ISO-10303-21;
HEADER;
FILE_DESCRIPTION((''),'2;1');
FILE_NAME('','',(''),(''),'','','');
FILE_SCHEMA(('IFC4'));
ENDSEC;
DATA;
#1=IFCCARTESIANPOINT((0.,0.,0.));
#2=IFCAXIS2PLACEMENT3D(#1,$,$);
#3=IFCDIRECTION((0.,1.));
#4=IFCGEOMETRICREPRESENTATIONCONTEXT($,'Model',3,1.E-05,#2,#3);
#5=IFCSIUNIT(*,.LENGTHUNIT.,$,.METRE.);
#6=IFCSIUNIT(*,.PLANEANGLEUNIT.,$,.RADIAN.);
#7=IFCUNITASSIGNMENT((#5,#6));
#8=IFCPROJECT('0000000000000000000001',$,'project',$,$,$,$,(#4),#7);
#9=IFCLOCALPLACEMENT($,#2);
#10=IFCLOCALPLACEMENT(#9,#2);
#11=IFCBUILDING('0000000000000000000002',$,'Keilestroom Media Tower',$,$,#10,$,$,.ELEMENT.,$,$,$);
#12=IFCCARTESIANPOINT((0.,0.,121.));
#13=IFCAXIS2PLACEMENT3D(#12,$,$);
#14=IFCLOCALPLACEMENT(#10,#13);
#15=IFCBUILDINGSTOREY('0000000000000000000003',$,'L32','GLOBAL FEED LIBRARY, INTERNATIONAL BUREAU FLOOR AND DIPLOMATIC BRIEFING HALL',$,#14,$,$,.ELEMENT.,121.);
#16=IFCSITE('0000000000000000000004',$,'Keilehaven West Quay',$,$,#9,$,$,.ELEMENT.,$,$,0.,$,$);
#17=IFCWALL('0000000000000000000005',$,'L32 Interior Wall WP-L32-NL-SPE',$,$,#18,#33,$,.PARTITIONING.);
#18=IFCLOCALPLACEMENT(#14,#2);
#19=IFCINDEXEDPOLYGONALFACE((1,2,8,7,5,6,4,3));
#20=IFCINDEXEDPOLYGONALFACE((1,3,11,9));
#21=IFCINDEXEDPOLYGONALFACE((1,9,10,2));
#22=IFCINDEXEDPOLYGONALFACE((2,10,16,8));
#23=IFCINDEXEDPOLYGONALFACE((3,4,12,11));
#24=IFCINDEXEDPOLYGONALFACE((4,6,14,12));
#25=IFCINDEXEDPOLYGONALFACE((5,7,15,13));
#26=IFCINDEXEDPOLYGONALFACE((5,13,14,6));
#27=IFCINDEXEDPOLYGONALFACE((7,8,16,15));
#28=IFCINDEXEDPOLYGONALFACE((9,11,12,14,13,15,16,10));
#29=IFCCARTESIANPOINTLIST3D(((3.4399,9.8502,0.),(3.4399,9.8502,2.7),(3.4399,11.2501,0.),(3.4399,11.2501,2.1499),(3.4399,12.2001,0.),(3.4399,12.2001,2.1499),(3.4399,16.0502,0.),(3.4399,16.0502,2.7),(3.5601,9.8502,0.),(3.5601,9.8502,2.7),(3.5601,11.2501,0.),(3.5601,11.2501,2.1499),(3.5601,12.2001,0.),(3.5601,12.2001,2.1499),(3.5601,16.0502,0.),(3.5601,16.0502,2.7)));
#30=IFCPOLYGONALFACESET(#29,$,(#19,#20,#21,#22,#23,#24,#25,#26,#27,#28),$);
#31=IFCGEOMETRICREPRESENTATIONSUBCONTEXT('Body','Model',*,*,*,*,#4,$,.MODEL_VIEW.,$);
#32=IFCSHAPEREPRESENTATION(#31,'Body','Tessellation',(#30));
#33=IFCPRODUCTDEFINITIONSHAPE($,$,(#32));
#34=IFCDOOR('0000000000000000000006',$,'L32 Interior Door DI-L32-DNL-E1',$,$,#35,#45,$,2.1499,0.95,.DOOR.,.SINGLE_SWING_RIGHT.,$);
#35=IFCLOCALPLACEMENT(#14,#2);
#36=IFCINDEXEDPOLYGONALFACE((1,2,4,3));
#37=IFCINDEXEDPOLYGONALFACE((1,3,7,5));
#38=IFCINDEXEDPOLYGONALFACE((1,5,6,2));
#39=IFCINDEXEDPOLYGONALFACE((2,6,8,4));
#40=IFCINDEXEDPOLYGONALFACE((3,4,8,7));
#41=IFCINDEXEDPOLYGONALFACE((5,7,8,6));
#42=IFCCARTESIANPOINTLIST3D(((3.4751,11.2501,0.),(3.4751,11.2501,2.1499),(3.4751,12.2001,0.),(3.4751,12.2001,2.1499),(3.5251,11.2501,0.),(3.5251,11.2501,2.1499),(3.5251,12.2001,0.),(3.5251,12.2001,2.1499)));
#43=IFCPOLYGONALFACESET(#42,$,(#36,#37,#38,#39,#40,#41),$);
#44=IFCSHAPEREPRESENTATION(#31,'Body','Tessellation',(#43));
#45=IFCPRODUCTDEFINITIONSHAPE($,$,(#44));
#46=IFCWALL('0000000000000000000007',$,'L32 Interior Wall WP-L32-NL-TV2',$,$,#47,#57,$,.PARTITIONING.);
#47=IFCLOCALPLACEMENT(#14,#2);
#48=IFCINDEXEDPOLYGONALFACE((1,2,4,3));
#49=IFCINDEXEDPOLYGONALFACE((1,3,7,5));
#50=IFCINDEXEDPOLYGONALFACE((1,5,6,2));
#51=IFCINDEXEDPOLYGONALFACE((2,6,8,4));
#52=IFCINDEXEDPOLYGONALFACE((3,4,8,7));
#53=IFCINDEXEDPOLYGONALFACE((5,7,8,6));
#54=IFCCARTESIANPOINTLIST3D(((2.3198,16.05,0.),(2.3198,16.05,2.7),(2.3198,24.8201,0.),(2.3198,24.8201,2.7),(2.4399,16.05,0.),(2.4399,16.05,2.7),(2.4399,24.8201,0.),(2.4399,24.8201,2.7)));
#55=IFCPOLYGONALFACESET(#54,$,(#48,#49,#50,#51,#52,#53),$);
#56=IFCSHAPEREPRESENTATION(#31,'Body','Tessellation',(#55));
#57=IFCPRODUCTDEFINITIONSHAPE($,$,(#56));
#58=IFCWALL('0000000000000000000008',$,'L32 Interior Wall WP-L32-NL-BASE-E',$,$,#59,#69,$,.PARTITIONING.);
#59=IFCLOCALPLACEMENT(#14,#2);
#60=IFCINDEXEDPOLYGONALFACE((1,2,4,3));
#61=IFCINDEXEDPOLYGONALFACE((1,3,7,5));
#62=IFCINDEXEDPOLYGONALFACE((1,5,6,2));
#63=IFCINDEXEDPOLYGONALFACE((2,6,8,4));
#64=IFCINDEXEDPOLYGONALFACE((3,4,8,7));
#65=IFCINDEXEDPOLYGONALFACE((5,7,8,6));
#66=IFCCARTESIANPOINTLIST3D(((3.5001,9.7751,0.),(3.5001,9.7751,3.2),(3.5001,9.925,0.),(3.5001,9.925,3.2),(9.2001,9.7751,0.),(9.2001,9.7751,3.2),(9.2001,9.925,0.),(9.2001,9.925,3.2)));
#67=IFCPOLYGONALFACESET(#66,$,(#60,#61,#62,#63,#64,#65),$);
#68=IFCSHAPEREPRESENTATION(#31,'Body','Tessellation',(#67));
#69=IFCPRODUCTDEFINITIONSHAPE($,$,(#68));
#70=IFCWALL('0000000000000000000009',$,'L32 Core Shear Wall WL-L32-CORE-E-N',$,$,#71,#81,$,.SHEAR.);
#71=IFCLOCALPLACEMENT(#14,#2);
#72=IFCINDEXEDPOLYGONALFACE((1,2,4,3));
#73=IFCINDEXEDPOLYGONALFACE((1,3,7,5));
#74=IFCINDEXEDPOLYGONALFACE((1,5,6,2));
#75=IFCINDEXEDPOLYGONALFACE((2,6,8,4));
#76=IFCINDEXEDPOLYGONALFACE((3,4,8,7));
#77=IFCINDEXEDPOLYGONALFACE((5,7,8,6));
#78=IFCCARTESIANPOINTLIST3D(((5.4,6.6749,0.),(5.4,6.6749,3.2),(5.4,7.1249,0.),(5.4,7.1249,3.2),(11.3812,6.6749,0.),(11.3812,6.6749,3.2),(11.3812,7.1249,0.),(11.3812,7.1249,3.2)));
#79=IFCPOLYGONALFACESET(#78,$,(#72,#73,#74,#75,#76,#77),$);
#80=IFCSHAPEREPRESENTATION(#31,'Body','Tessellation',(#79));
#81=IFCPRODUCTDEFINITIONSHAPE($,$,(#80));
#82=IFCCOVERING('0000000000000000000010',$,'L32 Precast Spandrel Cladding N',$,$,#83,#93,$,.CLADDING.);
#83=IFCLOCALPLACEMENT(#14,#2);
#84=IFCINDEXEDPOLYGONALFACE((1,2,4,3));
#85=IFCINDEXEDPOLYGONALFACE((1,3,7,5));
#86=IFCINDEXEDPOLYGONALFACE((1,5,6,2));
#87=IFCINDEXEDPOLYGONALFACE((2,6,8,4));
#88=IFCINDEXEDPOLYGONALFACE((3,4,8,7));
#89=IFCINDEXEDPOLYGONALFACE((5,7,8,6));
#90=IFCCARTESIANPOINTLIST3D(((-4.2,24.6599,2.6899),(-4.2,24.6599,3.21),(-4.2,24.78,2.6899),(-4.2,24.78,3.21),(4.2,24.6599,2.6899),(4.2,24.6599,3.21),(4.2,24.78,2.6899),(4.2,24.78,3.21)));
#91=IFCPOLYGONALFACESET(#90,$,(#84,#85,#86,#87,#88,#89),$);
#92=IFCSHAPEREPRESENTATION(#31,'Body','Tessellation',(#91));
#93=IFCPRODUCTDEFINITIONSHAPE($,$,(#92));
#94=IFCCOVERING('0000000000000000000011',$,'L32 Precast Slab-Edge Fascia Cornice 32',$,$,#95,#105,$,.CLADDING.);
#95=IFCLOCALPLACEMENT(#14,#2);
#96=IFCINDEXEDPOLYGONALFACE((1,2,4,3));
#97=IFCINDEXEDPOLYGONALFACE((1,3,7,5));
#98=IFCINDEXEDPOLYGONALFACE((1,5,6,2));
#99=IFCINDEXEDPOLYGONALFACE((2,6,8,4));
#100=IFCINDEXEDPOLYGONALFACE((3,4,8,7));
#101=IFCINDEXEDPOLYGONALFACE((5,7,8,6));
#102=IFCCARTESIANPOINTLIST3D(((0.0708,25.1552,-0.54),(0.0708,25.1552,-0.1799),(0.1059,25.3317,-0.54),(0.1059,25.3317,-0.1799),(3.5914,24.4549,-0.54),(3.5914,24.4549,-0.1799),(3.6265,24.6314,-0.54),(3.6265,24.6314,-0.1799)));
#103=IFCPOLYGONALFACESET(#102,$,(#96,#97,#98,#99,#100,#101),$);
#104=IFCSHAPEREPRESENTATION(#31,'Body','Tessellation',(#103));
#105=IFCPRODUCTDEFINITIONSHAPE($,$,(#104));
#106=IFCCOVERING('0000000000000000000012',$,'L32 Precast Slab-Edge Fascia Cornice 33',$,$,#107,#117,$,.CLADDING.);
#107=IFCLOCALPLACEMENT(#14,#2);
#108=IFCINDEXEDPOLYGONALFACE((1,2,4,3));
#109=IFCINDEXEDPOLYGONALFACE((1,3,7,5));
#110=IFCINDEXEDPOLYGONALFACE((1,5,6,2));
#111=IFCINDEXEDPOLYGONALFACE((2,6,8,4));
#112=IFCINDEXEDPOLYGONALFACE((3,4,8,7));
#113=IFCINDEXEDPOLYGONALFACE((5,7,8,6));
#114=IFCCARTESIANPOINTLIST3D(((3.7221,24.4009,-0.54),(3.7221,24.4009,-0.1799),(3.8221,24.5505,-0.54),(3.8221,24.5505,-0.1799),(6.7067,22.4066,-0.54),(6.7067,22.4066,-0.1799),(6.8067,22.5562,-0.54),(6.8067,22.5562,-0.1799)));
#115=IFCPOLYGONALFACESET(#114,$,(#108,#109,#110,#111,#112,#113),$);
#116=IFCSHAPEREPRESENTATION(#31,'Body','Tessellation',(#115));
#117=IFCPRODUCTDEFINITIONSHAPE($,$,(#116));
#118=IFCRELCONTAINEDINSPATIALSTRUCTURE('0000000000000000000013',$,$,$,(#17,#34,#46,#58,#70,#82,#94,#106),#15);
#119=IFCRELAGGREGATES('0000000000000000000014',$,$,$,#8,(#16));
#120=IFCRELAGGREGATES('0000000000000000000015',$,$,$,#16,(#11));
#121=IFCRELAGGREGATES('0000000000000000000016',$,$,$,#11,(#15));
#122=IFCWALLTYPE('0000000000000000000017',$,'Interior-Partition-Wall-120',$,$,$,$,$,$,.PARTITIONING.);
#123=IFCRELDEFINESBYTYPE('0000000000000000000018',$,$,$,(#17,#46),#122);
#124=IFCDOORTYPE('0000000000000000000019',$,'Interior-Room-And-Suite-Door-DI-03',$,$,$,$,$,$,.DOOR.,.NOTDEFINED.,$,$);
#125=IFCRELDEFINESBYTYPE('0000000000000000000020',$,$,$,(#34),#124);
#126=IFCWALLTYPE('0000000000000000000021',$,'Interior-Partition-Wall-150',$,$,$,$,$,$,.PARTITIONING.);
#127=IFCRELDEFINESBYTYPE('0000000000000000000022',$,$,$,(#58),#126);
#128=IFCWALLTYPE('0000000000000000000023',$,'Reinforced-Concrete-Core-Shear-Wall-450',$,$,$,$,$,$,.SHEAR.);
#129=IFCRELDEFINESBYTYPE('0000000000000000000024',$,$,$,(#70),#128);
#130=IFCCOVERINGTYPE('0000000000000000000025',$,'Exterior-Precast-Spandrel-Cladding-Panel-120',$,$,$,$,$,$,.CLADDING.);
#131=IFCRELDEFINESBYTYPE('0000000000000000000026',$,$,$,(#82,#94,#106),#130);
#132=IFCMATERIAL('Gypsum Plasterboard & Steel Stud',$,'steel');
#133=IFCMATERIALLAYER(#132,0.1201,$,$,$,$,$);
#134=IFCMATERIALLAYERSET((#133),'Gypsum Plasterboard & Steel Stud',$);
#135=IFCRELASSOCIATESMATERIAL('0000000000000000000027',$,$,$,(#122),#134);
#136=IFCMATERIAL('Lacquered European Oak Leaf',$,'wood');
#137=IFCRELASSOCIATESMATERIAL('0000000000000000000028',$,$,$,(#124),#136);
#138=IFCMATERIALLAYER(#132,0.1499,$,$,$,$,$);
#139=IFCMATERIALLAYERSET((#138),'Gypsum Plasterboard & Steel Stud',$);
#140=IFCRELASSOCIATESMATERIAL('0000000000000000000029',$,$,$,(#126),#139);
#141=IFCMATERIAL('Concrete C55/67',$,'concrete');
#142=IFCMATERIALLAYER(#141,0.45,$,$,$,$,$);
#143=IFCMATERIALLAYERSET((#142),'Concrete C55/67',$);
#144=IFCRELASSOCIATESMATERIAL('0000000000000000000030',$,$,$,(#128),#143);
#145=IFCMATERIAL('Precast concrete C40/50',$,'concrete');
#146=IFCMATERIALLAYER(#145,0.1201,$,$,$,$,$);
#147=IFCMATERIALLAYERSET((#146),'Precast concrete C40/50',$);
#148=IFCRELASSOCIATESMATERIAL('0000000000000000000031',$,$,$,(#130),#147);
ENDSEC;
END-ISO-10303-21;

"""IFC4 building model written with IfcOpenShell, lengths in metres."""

from ifc_helpers import new_model, si_unit, direction, frame, frame_2d, origin, origin_2d, place, context, subcontext, project, spatial, rectangle, extrude, source, transform, mapped, material, layer, layer_set, type_object, element, fill, save


model = new_model("IFC4")

# Units and contexts
model_context = context("Model", 3, precision=1e-05, world=origin(), true_north=direction((0.0, 1.0)))
body_context = subcontext(model_context, "Body", "Model", "MODEL_VIEW")
ifc_project = project(units=[si_unit("LENGTHUNIT", "METRE"), si_unit("PLANEANGLEUNIT", "RADIAN")], contexts=[model_context])

# Site, building, storey
site_placement = place(None, origin())
site = spatial("IfcSite", under=ifc_project, at=site_placement, Name="Keilehaven West Quay", CompositionType="ELEMENT", RefElevation=0.0)
building_placement = place(site_placement, origin())
building = spatial("IfcBuilding", under=site, at=building_placement, Name="Keilestroom Media Tower", CompositionType="ELEMENT")
storey_placement = place(building_placement, frame((0.0, 0.0, 121.0)))
storey = spatial("IfcBuildingStorey", under=building, at=storey_placement, Name="L32", Description="GLOBAL FEED LIBRARY, INTERNATIONAL BUREAU FLOOR AND DIPLOMATIC BRIEFING HALL", CompositionType="ELEMENT", Elevation=121.0)

# Shared definitions
ifc_material_1 = material(Name="Concrete C55/67", Category="concrete")

# Shared definitions
ifc_material_2 = material(Name="Precast concrete C40/50", Category="concrete")

# Wall, opening, door
ifc_material_3 = material(Name="Gypsum Plasterboard & Steel Stud", Category="steel")
ifc_layer_1 = layer(ifc_material_3, 0.1201)
ifc_layer_set_1 = layer_set([ifc_layer_1], Name="Gypsum Plasterboard & Steel Stud")
wall_type_1 = type_object("IfcWallType", Name="Interior-Partition-Wall-120", PredefinedType="PARTITIONING", material=ifc_layer_set_1)
ifc_material_4 = material(Name="Lacquered European Oak Leaf", Category="wood")
door_type = type_object("IfcDoorType", Name="Interior-Room-And-Suite-Door-DI-03", OperationType="NOTDEFINED", PredefinedType="DOOR", material=ifc_material_4)
shared_shape_1 = source(origin(), body_context, "Body", "SweptSolid", [
    extrude(rectangle(XDim=0.95, YDim=2.1499, at=frame_2d((0.4751, 1.075))), frame((0.0, 0.0249, 0.0), z_axis=(0.0, -1.0, 0.0), x_axis=(1.0, 0.0, 0.0)), (0.0, 0.0, 1.0), 0.05),
])
wall_1_placement = place(storey_placement, frame((3.5, 9.8501, 0.0), z_axis=(0.0, 0.0, 1.0), x_axis=(0.0, 1.0, 0.0)))
wall_1 = element("IfcWall", 1, at=wall_1_placement, inside=storey, type_object=wall_type_1, Name="L32 Interior Wall WP-L32-NL-SPE", PredefinedType="PARTITIONING", context=body_context, shape_type="SweptSolid", body=[
    extrude(rectangle(XDim=6.2, YDim=0.1201, at=frame_2d((3.1001, 0.0))), origin(), (0.0, 0.0, 1.0), 2.7),
])
opening_1_placement = place(wall_1_placement, frame((1.3999, 0.0, 0.0)))
opening_1 = element("IfcOpeningElement", 2, at=opening_1_placement, cuts=wall_1, PredefinedType="OPENING", context=body_context, shape_type="SweptSolid", body=[
    extrude(rectangle(XDim=0.95, YDim=2.1499, at=frame_2d((0.4751, 1.075))), frame((0.0, 0.0701, 0.0), z_axis=(0.0, -1.0, 0.0), x_axis=(1.0, 0.0, 0.0)), (0.0, 0.0, 1.0), 0.1401),
])
door_1_placement = place(opening_1_placement, origin())
door_1 = element("IfcDoor", 3, at=door_1_placement, inside=storey, type_object=door_type, Name="L32 Interior Door DI-L32-DNL-E1", OperationType="SINGLE_SWING_RIGHT", OverallHeight=2.1499, OverallWidth=0.95, PredefinedType="DOOR", context=body_context, shape_type="MappedRepresentation", body=[
    mapped(shared_shape_1, transform((0.0, 0.0, 0.0), x_axis=(1.0, 0.0, 0.0), y_axis=(0.0, 1.0, 0.0), z_axis=(0.0, 0.0, 1.0), scale=1.0)),
])
fill(opening_1, door_1)

# Walls
wall_2_placement = place(storey_placement, frame((2.3799, 16.05, 0.0), z_axis=(0.0, 0.0, 1.0), x_axis=(0.0, 1.0, 0.0)))
element("IfcWall", 4, at=wall_2_placement, inside=storey, type_object=wall_type_1, Name="L32 Interior Wall WP-L32-NL-TV2", PredefinedType="PARTITIONING", context=body_context, shape_type="SweptSolid", body=[
    extrude(rectangle(XDim=8.77, YDim=0.1201, at=frame_2d((4.385, 0.0))), origin(), (0.0, 0.0, 1.0), 2.7),
])
ifc_layer_2 = layer(ifc_material_3, 0.1499)
ifc_layer_set_2 = layer_set([ifc_layer_2], Name="Gypsum Plasterboard & Steel Stud")
wall_type_2 = type_object("IfcWallType", Name="Interior-Partition-Wall-150", PredefinedType="PARTITIONING", material=ifc_layer_set_2)
wall_3_placement = place(storey_placement, frame((3.5, 9.8501, 0.0), z_axis=(0.0, 0.0, 1.0), x_axis=(1.0, 0.0, 0.0)))
element("IfcWall", 5, at=wall_3_placement, inside=storey, type_object=wall_type_2, Name="L32 Interior Wall WP-L32-NL-BASE-E", PredefinedType="PARTITIONING", context=body_context, shape_type="SweptSolid", body=[
    extrude(rectangle(XDim=5.7, YDim=0.1499, at=frame_2d((2.8501, 0.0))), origin(), (0.0, 0.0, 1.0), 3.2),
])
ifc_layer_3 = layer(ifc_material_1, 0.45)
ifc_layer_set_3 = layer_set([ifc_layer_3], Name="Concrete C55/67")
wall_type_3 = type_object("IfcWallType", Name="Reinforced-Concrete-Core-Shear-Wall-450", PredefinedType="SHEAR", material=ifc_layer_set_3)
wall_4_placement = place(storey_placement, frame((5.3999, 6.8999, 0.0), z_axis=(0.0, 0.0, 1.0), x_axis=(1.0, 0.0, 0.0)))
element("IfcWall", 6, at=wall_4_placement, inside=storey, type_object=wall_type_3, Name="L32 Core Shear Wall WL-L32-CORE-E-N", PredefinedType="SHEAR", context=body_context, shape_type="SweptSolid", body=[
    extrude(rectangle(XDim=5.9812, YDim=0.45, at=frame_2d((2.9907, 0.0))), origin(), (0.0, 0.0, 1.0), 3.2),
])

# Coverings
ifc_layer_4 = layer(ifc_material_2, 0.1201)
ifc_layer_set_4 = layer_set([ifc_layer_4], Name="Precast concrete C40/50")
covering_type = type_object("IfcCoveringType", Name="Exterior-Precast-Spandrel-Cladding-Panel-120", PredefinedType="CLADDING", material=ifc_layer_set_4)
shared_shape_2 = source(origin(), body_context, "Body", "SweptSolid", [
    extrude(rectangle(XDim=8.3999, YDim=0.1201, at=origin_2d()), origin(), (0.0, 0.0, 1.0), 0.52),
])
covering_placement = place(storey_placement, frame((0.0, 24.72, 2.6899), z_axis=(0.0, 0.0, 1.0), x_axis=(1.0, 0.0, 0.0)))
element("IfcCovering", 7, at=covering_placement, inside=storey, type_object=covering_type, Name="L32 Precast Spandrel Cladding N", PredefinedType="CLADDING", context=body_context, shape_type="MappedRepresentation", body=[
    mapped(shared_shape_2, transform((0.0, 0.0, 0.0), x_axis=(1.0, 0.0, 0.0), y_axis=(0.0, 1.0, 0.0), z_axis=(0.0, 0.0, 1.0), scale=1.0)),
])
shared_shape_3 = source(origin(), body_context, "Body", "SweptSolid", [
    extrude(rectangle(XDim=3.5896, YDim=0.1799, at=origin_2d()), origin(), (0.0, 0.0, 1.0), 0.3601),
])
for number, where, z_axis, x_axis, name in (
    (8, (1.8486, 24.8933, -0.54), (0.0, 0.0, 1.0), (0.980784, -0.195099, 0.0), "L32 Precast Slab-Edge Fascia Cornice 32"),
    (9, (5.2644, 23.4785, -0.54), (0.0, 0.0, 1.0), (0.831467, -0.555575, 0.0), "L32 Precast Slab-Edge Fascia Cornice 33"),
):
    element("IfcCovering", number, at=place(storey_placement, frame(where, z_axis=z_axis, x_axis=x_axis)), inside=storey, type_object=covering_type, Name=name, PredefinedType="CLADDING", context=body_context, shape_type="MappedRepresentation", body=[
        mapped(shared_shape_3, transform((0.0, 0.0, 0.0), x_axis=(1.0, 0.0, 0.0), y_axis=(0.0, 1.0, 0.0), z_axis=(0.0, 0.0, 1.0), scale=1.0)),
    ])

save(model, "model.ifc")
